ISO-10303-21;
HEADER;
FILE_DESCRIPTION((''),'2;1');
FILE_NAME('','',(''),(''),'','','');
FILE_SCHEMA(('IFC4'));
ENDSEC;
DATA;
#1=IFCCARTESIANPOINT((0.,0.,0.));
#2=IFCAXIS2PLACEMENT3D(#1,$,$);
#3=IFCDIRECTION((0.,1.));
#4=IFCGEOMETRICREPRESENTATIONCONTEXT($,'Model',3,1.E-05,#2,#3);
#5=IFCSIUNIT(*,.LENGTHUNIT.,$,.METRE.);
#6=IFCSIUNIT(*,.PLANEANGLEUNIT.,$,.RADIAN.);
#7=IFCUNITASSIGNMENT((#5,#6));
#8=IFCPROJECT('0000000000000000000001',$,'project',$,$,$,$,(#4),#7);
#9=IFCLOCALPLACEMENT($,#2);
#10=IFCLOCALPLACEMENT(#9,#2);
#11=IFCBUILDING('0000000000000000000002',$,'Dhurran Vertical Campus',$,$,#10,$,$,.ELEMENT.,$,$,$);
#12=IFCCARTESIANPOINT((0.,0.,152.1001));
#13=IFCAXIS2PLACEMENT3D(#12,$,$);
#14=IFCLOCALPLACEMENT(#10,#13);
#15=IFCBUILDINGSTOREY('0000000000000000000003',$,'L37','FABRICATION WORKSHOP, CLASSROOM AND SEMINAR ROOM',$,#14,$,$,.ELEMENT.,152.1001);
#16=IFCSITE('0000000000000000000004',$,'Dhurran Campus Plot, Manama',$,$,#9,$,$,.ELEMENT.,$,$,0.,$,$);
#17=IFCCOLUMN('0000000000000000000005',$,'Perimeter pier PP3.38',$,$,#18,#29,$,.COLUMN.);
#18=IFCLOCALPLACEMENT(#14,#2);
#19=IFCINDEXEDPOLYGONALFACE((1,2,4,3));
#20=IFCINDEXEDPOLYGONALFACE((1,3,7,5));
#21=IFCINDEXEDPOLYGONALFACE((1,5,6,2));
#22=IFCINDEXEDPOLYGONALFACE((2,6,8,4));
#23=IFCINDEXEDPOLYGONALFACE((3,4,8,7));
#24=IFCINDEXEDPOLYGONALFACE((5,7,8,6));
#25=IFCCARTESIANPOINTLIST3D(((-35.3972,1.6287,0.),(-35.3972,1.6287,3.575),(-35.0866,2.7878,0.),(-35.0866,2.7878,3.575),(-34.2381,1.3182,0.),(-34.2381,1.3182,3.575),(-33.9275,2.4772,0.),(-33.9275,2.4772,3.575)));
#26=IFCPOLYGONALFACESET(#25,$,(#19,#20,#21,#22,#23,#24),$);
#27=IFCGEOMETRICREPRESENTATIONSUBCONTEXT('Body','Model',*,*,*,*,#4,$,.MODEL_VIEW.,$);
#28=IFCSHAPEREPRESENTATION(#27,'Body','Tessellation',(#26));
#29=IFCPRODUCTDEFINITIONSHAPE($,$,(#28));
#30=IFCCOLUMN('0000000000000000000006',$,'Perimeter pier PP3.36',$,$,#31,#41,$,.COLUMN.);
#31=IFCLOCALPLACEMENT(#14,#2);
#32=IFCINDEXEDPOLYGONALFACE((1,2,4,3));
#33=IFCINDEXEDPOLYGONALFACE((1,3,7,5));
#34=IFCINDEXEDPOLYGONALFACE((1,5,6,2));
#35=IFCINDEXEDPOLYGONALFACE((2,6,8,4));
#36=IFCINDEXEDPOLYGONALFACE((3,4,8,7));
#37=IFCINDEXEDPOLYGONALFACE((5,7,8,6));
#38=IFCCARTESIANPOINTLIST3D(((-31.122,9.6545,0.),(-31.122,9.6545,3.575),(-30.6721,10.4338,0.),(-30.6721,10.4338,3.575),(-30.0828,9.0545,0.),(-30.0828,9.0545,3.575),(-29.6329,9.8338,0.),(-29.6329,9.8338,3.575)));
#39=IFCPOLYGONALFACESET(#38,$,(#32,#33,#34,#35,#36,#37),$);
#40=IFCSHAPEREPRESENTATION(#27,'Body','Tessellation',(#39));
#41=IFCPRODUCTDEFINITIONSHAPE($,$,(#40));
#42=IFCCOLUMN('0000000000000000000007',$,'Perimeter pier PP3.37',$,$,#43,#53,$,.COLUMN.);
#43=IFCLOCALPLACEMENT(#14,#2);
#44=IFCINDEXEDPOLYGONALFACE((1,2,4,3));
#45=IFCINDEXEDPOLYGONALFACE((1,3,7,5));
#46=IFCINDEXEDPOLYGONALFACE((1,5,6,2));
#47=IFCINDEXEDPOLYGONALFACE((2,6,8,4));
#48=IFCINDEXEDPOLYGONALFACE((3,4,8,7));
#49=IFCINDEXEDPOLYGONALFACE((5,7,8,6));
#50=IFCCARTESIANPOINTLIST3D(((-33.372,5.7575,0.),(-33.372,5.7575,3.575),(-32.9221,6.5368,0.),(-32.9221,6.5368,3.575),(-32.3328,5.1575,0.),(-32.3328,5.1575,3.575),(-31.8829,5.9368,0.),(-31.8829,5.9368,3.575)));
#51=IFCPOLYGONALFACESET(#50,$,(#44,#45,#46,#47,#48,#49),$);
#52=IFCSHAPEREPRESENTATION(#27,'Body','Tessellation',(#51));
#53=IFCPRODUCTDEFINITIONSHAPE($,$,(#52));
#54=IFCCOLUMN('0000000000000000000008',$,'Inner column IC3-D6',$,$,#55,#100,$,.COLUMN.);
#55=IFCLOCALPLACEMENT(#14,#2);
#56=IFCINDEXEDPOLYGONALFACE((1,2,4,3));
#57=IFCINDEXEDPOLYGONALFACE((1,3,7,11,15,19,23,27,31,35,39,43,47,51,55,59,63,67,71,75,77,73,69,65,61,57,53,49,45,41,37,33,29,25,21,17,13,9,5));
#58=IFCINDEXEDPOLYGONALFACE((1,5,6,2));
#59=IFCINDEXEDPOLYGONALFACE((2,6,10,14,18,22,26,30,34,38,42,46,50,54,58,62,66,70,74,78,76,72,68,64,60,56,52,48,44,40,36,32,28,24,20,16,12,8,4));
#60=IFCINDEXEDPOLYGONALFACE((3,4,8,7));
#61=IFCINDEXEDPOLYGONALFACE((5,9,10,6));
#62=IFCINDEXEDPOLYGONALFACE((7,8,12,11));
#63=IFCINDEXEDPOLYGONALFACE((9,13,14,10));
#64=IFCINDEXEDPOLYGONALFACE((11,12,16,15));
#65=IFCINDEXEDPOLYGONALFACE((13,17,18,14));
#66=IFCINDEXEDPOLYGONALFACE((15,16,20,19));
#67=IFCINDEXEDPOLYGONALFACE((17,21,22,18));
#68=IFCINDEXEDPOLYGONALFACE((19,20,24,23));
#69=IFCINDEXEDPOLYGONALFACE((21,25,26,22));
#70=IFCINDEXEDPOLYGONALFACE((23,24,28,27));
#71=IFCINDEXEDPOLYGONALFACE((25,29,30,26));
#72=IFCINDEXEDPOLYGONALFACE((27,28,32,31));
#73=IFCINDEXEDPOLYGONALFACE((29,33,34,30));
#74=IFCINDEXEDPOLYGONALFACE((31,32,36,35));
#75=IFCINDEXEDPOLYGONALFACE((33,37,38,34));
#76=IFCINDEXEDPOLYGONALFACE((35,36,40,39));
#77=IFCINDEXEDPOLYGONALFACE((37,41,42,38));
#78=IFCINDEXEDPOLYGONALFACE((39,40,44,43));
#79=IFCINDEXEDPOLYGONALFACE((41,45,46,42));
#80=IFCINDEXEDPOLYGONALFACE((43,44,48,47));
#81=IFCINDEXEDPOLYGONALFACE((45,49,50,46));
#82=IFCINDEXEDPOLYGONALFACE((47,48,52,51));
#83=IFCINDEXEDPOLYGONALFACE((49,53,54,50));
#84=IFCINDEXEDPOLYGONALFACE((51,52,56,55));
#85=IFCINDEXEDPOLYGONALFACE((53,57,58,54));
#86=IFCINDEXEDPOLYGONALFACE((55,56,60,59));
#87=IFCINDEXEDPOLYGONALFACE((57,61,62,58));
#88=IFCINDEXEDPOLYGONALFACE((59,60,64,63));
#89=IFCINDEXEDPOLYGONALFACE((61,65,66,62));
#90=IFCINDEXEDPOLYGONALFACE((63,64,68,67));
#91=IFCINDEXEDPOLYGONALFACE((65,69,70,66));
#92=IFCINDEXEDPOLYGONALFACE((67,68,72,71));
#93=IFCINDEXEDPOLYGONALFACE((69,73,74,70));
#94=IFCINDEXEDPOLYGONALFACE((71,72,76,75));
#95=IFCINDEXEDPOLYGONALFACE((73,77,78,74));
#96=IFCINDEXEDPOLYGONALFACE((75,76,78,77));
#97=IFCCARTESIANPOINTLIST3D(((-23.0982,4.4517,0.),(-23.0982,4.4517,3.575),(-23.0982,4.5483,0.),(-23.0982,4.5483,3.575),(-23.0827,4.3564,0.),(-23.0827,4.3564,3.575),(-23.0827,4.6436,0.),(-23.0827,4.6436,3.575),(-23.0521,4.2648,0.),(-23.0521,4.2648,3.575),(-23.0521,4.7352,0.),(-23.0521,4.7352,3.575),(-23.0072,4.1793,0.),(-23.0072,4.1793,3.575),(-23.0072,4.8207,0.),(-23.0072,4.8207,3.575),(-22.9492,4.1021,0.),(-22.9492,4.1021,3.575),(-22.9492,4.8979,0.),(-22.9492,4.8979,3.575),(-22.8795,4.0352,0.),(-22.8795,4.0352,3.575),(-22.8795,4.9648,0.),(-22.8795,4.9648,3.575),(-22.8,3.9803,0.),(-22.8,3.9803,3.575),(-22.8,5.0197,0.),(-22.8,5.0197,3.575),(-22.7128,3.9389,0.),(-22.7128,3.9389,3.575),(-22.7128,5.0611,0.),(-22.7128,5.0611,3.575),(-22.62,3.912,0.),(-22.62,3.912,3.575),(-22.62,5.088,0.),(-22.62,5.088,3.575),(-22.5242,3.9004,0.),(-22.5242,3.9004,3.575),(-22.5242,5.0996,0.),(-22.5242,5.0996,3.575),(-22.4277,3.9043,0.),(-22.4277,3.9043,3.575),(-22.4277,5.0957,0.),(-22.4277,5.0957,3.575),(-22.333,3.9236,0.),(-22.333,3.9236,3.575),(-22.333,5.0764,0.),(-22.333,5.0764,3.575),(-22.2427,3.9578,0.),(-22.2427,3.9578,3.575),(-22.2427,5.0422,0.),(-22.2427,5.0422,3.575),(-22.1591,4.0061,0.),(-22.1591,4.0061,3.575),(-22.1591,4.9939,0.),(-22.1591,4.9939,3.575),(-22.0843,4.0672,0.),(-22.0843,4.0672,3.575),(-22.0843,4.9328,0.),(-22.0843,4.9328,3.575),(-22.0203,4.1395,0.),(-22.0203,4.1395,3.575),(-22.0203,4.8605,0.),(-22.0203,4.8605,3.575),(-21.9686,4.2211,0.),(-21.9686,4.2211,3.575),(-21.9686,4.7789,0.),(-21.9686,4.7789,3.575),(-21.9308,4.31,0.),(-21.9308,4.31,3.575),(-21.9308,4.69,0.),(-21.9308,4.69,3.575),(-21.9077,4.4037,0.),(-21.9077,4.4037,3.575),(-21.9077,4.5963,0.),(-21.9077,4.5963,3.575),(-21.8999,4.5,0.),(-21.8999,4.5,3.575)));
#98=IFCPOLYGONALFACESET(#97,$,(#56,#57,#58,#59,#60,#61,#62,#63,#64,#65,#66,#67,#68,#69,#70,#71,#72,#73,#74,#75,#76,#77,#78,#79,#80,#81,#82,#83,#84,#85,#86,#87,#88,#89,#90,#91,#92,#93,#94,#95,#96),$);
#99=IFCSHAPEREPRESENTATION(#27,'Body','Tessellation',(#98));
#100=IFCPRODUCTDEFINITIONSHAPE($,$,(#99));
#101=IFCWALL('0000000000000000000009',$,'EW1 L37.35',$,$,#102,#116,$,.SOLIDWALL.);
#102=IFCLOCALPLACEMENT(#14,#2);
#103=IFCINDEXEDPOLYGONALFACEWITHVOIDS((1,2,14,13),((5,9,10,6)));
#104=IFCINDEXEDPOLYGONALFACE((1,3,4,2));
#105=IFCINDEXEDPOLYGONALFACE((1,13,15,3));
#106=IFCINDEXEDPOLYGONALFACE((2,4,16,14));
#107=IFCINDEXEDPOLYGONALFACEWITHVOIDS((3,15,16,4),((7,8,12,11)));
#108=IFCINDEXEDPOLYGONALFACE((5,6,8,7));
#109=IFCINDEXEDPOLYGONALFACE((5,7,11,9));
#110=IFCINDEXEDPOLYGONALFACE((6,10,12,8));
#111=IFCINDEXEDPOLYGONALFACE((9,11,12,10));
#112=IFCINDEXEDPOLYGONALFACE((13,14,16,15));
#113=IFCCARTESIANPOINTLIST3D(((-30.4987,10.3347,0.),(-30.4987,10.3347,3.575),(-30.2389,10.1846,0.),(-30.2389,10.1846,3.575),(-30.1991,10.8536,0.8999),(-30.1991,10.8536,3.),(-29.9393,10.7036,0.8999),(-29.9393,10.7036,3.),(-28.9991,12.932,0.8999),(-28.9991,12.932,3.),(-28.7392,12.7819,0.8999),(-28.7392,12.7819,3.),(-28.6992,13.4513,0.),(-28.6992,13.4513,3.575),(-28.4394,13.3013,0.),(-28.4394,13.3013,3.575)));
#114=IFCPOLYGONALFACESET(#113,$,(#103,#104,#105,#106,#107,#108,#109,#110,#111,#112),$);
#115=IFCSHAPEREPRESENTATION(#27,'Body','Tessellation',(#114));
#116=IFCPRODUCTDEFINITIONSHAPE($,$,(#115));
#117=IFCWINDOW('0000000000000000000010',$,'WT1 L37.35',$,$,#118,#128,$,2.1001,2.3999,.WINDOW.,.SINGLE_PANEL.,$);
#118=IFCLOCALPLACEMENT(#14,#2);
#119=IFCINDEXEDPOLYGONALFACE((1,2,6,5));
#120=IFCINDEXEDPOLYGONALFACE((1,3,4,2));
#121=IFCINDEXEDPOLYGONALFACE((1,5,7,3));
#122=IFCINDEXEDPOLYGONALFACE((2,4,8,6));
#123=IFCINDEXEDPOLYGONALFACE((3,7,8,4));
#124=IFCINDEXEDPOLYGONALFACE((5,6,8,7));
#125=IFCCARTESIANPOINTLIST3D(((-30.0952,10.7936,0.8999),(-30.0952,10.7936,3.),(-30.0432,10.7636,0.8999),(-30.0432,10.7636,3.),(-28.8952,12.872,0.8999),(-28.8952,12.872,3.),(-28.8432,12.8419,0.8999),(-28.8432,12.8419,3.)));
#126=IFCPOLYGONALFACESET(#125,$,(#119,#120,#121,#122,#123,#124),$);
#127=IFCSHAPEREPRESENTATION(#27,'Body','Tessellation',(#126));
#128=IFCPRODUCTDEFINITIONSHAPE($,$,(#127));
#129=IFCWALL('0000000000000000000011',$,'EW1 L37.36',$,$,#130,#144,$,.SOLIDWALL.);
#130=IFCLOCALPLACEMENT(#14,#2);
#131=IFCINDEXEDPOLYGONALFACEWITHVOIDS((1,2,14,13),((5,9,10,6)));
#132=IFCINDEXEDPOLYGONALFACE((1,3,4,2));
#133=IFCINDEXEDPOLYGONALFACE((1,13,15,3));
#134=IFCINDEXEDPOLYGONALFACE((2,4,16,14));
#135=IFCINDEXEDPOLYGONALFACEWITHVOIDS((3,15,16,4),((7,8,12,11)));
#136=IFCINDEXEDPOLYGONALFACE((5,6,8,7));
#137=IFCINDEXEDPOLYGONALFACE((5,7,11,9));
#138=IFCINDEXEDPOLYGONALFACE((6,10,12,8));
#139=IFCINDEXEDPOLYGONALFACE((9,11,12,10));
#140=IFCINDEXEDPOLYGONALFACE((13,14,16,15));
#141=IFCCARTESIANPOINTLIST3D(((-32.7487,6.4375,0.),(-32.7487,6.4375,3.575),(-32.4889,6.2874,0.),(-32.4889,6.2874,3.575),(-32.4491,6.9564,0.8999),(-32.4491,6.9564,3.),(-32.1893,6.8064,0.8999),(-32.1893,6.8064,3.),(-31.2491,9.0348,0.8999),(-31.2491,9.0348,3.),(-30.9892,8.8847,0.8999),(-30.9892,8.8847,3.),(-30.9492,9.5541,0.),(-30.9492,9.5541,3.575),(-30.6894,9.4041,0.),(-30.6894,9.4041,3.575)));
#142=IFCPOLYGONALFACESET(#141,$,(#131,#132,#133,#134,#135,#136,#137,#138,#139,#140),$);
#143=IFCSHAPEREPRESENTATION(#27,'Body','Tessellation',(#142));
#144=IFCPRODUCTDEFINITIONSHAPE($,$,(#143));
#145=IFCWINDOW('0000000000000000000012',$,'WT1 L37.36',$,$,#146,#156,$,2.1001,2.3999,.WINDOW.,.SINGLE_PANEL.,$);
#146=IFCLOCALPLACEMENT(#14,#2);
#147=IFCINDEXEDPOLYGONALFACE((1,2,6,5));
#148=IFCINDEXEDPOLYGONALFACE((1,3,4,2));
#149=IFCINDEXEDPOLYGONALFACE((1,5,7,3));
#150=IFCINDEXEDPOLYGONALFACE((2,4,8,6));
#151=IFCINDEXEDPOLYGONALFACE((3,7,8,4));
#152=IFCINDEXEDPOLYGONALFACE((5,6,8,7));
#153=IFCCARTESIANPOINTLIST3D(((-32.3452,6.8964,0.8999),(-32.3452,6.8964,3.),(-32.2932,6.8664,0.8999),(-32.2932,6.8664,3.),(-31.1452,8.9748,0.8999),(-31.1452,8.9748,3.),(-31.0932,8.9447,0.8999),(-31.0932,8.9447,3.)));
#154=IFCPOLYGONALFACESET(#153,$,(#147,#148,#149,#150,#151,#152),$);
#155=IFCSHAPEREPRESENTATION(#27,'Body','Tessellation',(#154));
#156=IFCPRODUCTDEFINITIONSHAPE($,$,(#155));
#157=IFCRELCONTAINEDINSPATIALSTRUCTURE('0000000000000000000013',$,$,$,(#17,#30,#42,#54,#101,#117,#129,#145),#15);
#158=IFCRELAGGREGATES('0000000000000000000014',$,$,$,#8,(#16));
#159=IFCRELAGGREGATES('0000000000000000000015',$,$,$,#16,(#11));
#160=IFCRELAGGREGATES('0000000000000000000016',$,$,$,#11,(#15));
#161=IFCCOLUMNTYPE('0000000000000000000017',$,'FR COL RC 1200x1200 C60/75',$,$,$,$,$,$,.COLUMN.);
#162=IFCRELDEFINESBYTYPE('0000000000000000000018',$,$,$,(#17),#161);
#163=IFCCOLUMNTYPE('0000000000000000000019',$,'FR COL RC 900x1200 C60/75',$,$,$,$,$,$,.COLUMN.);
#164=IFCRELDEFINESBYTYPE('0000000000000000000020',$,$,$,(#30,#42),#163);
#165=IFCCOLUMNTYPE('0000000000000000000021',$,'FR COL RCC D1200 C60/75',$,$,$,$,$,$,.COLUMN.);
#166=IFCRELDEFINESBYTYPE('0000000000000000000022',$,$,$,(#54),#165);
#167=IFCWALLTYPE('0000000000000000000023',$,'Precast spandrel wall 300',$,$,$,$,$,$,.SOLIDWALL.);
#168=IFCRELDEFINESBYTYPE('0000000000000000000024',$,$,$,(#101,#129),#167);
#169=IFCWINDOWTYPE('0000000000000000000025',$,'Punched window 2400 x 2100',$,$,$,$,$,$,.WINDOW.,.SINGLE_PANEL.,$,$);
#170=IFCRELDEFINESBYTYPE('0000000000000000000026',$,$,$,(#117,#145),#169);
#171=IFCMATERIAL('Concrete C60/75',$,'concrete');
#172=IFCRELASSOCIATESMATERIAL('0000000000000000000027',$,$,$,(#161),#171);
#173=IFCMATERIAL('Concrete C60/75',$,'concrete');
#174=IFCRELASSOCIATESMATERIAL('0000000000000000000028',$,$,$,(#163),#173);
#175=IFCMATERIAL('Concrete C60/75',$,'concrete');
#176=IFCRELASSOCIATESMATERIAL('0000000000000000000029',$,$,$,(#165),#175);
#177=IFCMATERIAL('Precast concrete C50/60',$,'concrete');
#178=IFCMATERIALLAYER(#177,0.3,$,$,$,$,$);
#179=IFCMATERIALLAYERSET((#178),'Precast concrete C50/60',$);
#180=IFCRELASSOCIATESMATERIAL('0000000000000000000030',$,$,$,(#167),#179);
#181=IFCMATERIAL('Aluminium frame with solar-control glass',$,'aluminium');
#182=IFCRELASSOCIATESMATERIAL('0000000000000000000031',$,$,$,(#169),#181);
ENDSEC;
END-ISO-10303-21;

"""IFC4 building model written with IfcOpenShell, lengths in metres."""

from ifc_helpers import new_model, si_unit, direction, frame, frame_2d, origin, origin_2d, place, context, subcontext, project, spatial, rectangle, circle, extrude, material, layer, layer_set, material_profile, profile_set, type_object, element, fill, save


model = new_model("IFC4")

# Units and contexts
model_context = context("Model", 3, precision=1e-05, world=origin(), true_north=direction((0.0, 1.0)))
body_context = subcontext(model_context, "Body", "Model", "MODEL_VIEW")
ifc_project = project(units=[si_unit("LENGTHUNIT", "METRE"), si_unit("PLANEANGLEUNIT", "RADIAN")], contexts=[model_context])

# Site, building, storey
site_placement = place(None, origin())
site = spatial("IfcSite", under=ifc_project, at=site_placement, Name="Dhurran Campus Plot, Manama", CompositionType="ELEMENT", RefElevation=0.0)
building_placement = place(site_placement, origin())
building = spatial("IfcBuilding", under=site, at=building_placement, Name="Dhurran Vertical Campus", CompositionType="ELEMENT")
storey_placement = place(building_placement, frame((0.0, 0.0, 152.1001)))
storey = spatial("IfcBuildingStorey", under=building, at=storey_placement, Name="L37", Description="FABRICATION WORKSHOP, CLASSROOM AND SEMINAR ROOM", CompositionType="ELEMENT", Elevation=152.1001)

# Columns
ifc_material_1 = material(Name="Concrete C60/75", Category="concrete")
ifc_material_profile_1 = material_profile(ifc_material_1, rectangle(XDim=1.2, YDim=1.2, at=origin_2d()), Name="RC 1200x1200")
ifc_profile_set_1 = profile_set([ifc_material_profile_1], Name="Concrete C60/75")
column_type_1 = type_object("IfcColumnType", Name="FR COL RC 1200x1200 C60/75", PredefinedType="COLUMN", material=ifc_profile_set_1)
column_1_placement = place(storey_placement, frame((-34.6624, 2.053, 0.0), z_axis=(0.0, 0.0, 1.0), x_axis=(-0.258819, -0.965926, 0.0)))
element("IfcColumn", 1, at=column_1_placement, inside=storey, type_object=column_type_1, Name="Perimeter pier PP3.38", PredefinedType="COLUMN", context=body_context, shape_type="SweptSolid", body=[
    extrude(rectangle(XDim=1.2, YDim=1.2, at=origin_2d()), origin(), (0.0, 0.0, 1.0), 3.575),
])
ifc_material_2 = material(Name="Concrete C60/75", Category="concrete")
ifc_material_profile_2 = material_profile(ifc_material_2, rectangle(XDim=0.8999, YDim=1.2, at=origin_2d()), Name="RC 900x1200")
ifc_profile_set_2 = profile_set([ifc_material_profile_2], Name="Concrete C60/75")
column_type_2 = type_object("IfcColumnType", Name="FR COL RC 900x1200 C60/75", PredefinedType="COLUMN", material=ifc_profile_set_2)
for number, where, z_axis, x_axis, name in (
    (2, (-30.3774, 9.7441, 0.0), (0.0, 0.0, 1.0), (-0.5, -0.866025, 0.0), "Perimeter pier PP3.36"),
    (3, (-32.6274, 5.8472, 0.0), (0.0, 0.0, 1.0), (-0.5, -0.866025, 0.0), "Perimeter pier PP3.37"),
):
    element("IfcColumn", number, at=place(storey_placement, frame(where, z_axis=z_axis, x_axis=x_axis)), inside=storey, type_object=column_type_2, Name=name, PredefinedType="COLUMN", context=body_context, shape_type="SweptSolid", body=[
        extrude(rectangle(XDim=0.8999, YDim=1.2, at=origin_2d()), origin(), (0.0, 0.0, 1.0), 3.575),
    ])
ifc_material_3 = material(Name="Concrete C60/75", Category="concrete")
ifc_material_profile_3 = material_profile(ifc_material_3, circle(Radius=0.6001, at=origin_2d()), Name="RCC D1200")
ifc_profile_set_3 = profile_set([ifc_material_profile_3], Name="Concrete C60/75")
column_type_3 = type_object("IfcColumnType", Name="FR COL RCC D1200 C60/75", PredefinedType="COLUMN", material=ifc_profile_set_3)
column_2_placement = place(storey_placement, frame((-22.5, 4.5, 0.0), z_axis=(0.0, 0.0, 1.0), x_axis=(1.0, 0.0, 0.0)))
element("IfcColumn", 4, at=column_2_placement, inside=storey, type_object=column_type_3, Name="Inner column IC3-D6", PredefinedType="COLUMN", context=body_context, shape_type="SweptSolid", body=[
    extrude(circle(Radius=0.6001, at=origin_2d()), origin(), (0.0, 0.0, 1.0), 3.575),
])

# Walls, openings, windows
ifc_material_4 = material(Name="Precast concrete C50/60", Category="concrete")
ifc_layer_1 = layer(ifc_material_4, 0.3)
ifc_layer_set_1 = layer_set([ifc_layer_1], Name="Precast concrete C50/60")
wall_type_1 = type_object("IfcWallType", Name="Precast spandrel wall 300", PredefinedType="SOLIDWALL", material=ifc_layer_set_1)
wall_1_placement = place(storey_placement, frame((-28.5693, 13.3762, 0.0), z_axis=(0.0, 0.0, 1.0), x_axis=(-0.500028, -0.866009, 0.0)))
wall_1 = element("IfcWall", 5, at=wall_1_placement, inside=storey, type_object=wall_type_1, Name="EW1 L37.35", PredefinedType="SOLIDWALL", context=body_context, shape_type="SweptSolid", body=[
    extrude(rectangle(XDim=3.5989, YDim=0.3, at=frame_2d((1.7993, 0.0))), origin(), (0.0, 0.0, 1.0), 3.575),
])
opening_1_placement = place(wall_1_placement, frame((0.5996, 0.0, 0.8999)))
opening_1 = element("IfcOpeningElement", 6, at=opening_1_placement, cuts=wall_1, PredefinedType="OPENING", context=body_context, shape_type="SweptSolid", body=[
    extrude(rectangle(XDim=2.3999, YDim=2.1001, at=frame_2d((1.2, 1.05))), frame((0.0, 0.1599, 0.0), z_axis=(0.0, -1.0, 0.0), x_axis=(1.0, 0.0, 0.0)), (0.0, 0.0, 1.0), 0.3201),
])
ifc_material_5 = material(Name="Aluminium frame with solar-control glass", Category="aluminium")
window_type = type_object("IfcWindowType", Name="Punched window 2400 x 2100", PartitioningType="SINGLE_PANEL", PredefinedType="WINDOW", material=ifc_material_5)
window_1_placement = place(opening_1_placement, origin())
window_1 = element("IfcWindow", 7, at=window_1_placement, inside=storey, type_object=window_type, Name="WT1 L37.35", OverallHeight=2.1001, OverallWidth=2.3999, PartitioningType="SINGLE_PANEL", PredefinedType="WINDOW", context=body_context, shape_type="SweptSolid", body=[
    extrude(rectangle(XDim=2.3999, YDim=2.1001, at=frame_2d((1.2, 1.05))), frame((0.0, 0.03, 0.0), z_axis=(0.0, -1.0, 0.0), x_axis=(1.0, 0.0, 0.0)), (0.0, 0.0, 1.0), 0.0601),
])
fill(opening_1, window_1)
wall_2_placement = place(storey_placement, frame((-30.8193, 9.479, 0.0), z_axis=(0.0, 0.0, 1.0), x_axis=(-0.500028, -0.866009, 0.0)))
wall_2 = element("IfcWall", 8, at=wall_2_placement, inside=storey, type_object=wall_type_1, Name="EW1 L37.36", PredefinedType="SOLIDWALL", context=body_context, shape_type="SweptSolid", body=[
    extrude(rectangle(XDim=3.5989, YDim=0.3, at=frame_2d((1.7993, 0.0))), origin(), (0.0, 0.0, 1.0), 3.575),
])
opening_2_placement = place(wall_2_placement, frame((0.5996, 0.0, 0.8999)))
opening_2 = element("IfcOpeningElement", 9, at=opening_2_placement, cuts=wall_2, PredefinedType="OPENING", context=body_context, shape_type="SweptSolid", body=[
    extrude(rectangle(XDim=2.3999, YDim=2.1001, at=frame_2d((1.2, 1.05))), frame((0.0, 0.1599, 0.0), z_axis=(0.0, -1.0, 0.0), x_axis=(1.0, 0.0, 0.0)), (0.0, 0.0, 1.0), 0.3201),
])
window_2_placement = place(opening_2_placement, origin())
window_2 = element("IfcWindow", 10, at=window_2_placement, inside=storey, type_object=window_type, Name="WT1 L37.36", OverallHeight=2.1001, OverallWidth=2.3999, PartitioningType="SINGLE_PANEL", PredefinedType="WINDOW", context=body_context, shape_type="SweptSolid", body=[
    extrude(rectangle(XDim=2.3999, YDim=2.1001, at=frame_2d((1.2, 1.05))), frame((0.0, 0.03, 0.0), z_axis=(0.0, -1.0, 0.0), x_axis=(1.0, 0.0, 0.0)), (0.0, 0.0, 1.0), 0.0601),
])
fill(opening_2, window_2)

save(model, "model.ifc")
